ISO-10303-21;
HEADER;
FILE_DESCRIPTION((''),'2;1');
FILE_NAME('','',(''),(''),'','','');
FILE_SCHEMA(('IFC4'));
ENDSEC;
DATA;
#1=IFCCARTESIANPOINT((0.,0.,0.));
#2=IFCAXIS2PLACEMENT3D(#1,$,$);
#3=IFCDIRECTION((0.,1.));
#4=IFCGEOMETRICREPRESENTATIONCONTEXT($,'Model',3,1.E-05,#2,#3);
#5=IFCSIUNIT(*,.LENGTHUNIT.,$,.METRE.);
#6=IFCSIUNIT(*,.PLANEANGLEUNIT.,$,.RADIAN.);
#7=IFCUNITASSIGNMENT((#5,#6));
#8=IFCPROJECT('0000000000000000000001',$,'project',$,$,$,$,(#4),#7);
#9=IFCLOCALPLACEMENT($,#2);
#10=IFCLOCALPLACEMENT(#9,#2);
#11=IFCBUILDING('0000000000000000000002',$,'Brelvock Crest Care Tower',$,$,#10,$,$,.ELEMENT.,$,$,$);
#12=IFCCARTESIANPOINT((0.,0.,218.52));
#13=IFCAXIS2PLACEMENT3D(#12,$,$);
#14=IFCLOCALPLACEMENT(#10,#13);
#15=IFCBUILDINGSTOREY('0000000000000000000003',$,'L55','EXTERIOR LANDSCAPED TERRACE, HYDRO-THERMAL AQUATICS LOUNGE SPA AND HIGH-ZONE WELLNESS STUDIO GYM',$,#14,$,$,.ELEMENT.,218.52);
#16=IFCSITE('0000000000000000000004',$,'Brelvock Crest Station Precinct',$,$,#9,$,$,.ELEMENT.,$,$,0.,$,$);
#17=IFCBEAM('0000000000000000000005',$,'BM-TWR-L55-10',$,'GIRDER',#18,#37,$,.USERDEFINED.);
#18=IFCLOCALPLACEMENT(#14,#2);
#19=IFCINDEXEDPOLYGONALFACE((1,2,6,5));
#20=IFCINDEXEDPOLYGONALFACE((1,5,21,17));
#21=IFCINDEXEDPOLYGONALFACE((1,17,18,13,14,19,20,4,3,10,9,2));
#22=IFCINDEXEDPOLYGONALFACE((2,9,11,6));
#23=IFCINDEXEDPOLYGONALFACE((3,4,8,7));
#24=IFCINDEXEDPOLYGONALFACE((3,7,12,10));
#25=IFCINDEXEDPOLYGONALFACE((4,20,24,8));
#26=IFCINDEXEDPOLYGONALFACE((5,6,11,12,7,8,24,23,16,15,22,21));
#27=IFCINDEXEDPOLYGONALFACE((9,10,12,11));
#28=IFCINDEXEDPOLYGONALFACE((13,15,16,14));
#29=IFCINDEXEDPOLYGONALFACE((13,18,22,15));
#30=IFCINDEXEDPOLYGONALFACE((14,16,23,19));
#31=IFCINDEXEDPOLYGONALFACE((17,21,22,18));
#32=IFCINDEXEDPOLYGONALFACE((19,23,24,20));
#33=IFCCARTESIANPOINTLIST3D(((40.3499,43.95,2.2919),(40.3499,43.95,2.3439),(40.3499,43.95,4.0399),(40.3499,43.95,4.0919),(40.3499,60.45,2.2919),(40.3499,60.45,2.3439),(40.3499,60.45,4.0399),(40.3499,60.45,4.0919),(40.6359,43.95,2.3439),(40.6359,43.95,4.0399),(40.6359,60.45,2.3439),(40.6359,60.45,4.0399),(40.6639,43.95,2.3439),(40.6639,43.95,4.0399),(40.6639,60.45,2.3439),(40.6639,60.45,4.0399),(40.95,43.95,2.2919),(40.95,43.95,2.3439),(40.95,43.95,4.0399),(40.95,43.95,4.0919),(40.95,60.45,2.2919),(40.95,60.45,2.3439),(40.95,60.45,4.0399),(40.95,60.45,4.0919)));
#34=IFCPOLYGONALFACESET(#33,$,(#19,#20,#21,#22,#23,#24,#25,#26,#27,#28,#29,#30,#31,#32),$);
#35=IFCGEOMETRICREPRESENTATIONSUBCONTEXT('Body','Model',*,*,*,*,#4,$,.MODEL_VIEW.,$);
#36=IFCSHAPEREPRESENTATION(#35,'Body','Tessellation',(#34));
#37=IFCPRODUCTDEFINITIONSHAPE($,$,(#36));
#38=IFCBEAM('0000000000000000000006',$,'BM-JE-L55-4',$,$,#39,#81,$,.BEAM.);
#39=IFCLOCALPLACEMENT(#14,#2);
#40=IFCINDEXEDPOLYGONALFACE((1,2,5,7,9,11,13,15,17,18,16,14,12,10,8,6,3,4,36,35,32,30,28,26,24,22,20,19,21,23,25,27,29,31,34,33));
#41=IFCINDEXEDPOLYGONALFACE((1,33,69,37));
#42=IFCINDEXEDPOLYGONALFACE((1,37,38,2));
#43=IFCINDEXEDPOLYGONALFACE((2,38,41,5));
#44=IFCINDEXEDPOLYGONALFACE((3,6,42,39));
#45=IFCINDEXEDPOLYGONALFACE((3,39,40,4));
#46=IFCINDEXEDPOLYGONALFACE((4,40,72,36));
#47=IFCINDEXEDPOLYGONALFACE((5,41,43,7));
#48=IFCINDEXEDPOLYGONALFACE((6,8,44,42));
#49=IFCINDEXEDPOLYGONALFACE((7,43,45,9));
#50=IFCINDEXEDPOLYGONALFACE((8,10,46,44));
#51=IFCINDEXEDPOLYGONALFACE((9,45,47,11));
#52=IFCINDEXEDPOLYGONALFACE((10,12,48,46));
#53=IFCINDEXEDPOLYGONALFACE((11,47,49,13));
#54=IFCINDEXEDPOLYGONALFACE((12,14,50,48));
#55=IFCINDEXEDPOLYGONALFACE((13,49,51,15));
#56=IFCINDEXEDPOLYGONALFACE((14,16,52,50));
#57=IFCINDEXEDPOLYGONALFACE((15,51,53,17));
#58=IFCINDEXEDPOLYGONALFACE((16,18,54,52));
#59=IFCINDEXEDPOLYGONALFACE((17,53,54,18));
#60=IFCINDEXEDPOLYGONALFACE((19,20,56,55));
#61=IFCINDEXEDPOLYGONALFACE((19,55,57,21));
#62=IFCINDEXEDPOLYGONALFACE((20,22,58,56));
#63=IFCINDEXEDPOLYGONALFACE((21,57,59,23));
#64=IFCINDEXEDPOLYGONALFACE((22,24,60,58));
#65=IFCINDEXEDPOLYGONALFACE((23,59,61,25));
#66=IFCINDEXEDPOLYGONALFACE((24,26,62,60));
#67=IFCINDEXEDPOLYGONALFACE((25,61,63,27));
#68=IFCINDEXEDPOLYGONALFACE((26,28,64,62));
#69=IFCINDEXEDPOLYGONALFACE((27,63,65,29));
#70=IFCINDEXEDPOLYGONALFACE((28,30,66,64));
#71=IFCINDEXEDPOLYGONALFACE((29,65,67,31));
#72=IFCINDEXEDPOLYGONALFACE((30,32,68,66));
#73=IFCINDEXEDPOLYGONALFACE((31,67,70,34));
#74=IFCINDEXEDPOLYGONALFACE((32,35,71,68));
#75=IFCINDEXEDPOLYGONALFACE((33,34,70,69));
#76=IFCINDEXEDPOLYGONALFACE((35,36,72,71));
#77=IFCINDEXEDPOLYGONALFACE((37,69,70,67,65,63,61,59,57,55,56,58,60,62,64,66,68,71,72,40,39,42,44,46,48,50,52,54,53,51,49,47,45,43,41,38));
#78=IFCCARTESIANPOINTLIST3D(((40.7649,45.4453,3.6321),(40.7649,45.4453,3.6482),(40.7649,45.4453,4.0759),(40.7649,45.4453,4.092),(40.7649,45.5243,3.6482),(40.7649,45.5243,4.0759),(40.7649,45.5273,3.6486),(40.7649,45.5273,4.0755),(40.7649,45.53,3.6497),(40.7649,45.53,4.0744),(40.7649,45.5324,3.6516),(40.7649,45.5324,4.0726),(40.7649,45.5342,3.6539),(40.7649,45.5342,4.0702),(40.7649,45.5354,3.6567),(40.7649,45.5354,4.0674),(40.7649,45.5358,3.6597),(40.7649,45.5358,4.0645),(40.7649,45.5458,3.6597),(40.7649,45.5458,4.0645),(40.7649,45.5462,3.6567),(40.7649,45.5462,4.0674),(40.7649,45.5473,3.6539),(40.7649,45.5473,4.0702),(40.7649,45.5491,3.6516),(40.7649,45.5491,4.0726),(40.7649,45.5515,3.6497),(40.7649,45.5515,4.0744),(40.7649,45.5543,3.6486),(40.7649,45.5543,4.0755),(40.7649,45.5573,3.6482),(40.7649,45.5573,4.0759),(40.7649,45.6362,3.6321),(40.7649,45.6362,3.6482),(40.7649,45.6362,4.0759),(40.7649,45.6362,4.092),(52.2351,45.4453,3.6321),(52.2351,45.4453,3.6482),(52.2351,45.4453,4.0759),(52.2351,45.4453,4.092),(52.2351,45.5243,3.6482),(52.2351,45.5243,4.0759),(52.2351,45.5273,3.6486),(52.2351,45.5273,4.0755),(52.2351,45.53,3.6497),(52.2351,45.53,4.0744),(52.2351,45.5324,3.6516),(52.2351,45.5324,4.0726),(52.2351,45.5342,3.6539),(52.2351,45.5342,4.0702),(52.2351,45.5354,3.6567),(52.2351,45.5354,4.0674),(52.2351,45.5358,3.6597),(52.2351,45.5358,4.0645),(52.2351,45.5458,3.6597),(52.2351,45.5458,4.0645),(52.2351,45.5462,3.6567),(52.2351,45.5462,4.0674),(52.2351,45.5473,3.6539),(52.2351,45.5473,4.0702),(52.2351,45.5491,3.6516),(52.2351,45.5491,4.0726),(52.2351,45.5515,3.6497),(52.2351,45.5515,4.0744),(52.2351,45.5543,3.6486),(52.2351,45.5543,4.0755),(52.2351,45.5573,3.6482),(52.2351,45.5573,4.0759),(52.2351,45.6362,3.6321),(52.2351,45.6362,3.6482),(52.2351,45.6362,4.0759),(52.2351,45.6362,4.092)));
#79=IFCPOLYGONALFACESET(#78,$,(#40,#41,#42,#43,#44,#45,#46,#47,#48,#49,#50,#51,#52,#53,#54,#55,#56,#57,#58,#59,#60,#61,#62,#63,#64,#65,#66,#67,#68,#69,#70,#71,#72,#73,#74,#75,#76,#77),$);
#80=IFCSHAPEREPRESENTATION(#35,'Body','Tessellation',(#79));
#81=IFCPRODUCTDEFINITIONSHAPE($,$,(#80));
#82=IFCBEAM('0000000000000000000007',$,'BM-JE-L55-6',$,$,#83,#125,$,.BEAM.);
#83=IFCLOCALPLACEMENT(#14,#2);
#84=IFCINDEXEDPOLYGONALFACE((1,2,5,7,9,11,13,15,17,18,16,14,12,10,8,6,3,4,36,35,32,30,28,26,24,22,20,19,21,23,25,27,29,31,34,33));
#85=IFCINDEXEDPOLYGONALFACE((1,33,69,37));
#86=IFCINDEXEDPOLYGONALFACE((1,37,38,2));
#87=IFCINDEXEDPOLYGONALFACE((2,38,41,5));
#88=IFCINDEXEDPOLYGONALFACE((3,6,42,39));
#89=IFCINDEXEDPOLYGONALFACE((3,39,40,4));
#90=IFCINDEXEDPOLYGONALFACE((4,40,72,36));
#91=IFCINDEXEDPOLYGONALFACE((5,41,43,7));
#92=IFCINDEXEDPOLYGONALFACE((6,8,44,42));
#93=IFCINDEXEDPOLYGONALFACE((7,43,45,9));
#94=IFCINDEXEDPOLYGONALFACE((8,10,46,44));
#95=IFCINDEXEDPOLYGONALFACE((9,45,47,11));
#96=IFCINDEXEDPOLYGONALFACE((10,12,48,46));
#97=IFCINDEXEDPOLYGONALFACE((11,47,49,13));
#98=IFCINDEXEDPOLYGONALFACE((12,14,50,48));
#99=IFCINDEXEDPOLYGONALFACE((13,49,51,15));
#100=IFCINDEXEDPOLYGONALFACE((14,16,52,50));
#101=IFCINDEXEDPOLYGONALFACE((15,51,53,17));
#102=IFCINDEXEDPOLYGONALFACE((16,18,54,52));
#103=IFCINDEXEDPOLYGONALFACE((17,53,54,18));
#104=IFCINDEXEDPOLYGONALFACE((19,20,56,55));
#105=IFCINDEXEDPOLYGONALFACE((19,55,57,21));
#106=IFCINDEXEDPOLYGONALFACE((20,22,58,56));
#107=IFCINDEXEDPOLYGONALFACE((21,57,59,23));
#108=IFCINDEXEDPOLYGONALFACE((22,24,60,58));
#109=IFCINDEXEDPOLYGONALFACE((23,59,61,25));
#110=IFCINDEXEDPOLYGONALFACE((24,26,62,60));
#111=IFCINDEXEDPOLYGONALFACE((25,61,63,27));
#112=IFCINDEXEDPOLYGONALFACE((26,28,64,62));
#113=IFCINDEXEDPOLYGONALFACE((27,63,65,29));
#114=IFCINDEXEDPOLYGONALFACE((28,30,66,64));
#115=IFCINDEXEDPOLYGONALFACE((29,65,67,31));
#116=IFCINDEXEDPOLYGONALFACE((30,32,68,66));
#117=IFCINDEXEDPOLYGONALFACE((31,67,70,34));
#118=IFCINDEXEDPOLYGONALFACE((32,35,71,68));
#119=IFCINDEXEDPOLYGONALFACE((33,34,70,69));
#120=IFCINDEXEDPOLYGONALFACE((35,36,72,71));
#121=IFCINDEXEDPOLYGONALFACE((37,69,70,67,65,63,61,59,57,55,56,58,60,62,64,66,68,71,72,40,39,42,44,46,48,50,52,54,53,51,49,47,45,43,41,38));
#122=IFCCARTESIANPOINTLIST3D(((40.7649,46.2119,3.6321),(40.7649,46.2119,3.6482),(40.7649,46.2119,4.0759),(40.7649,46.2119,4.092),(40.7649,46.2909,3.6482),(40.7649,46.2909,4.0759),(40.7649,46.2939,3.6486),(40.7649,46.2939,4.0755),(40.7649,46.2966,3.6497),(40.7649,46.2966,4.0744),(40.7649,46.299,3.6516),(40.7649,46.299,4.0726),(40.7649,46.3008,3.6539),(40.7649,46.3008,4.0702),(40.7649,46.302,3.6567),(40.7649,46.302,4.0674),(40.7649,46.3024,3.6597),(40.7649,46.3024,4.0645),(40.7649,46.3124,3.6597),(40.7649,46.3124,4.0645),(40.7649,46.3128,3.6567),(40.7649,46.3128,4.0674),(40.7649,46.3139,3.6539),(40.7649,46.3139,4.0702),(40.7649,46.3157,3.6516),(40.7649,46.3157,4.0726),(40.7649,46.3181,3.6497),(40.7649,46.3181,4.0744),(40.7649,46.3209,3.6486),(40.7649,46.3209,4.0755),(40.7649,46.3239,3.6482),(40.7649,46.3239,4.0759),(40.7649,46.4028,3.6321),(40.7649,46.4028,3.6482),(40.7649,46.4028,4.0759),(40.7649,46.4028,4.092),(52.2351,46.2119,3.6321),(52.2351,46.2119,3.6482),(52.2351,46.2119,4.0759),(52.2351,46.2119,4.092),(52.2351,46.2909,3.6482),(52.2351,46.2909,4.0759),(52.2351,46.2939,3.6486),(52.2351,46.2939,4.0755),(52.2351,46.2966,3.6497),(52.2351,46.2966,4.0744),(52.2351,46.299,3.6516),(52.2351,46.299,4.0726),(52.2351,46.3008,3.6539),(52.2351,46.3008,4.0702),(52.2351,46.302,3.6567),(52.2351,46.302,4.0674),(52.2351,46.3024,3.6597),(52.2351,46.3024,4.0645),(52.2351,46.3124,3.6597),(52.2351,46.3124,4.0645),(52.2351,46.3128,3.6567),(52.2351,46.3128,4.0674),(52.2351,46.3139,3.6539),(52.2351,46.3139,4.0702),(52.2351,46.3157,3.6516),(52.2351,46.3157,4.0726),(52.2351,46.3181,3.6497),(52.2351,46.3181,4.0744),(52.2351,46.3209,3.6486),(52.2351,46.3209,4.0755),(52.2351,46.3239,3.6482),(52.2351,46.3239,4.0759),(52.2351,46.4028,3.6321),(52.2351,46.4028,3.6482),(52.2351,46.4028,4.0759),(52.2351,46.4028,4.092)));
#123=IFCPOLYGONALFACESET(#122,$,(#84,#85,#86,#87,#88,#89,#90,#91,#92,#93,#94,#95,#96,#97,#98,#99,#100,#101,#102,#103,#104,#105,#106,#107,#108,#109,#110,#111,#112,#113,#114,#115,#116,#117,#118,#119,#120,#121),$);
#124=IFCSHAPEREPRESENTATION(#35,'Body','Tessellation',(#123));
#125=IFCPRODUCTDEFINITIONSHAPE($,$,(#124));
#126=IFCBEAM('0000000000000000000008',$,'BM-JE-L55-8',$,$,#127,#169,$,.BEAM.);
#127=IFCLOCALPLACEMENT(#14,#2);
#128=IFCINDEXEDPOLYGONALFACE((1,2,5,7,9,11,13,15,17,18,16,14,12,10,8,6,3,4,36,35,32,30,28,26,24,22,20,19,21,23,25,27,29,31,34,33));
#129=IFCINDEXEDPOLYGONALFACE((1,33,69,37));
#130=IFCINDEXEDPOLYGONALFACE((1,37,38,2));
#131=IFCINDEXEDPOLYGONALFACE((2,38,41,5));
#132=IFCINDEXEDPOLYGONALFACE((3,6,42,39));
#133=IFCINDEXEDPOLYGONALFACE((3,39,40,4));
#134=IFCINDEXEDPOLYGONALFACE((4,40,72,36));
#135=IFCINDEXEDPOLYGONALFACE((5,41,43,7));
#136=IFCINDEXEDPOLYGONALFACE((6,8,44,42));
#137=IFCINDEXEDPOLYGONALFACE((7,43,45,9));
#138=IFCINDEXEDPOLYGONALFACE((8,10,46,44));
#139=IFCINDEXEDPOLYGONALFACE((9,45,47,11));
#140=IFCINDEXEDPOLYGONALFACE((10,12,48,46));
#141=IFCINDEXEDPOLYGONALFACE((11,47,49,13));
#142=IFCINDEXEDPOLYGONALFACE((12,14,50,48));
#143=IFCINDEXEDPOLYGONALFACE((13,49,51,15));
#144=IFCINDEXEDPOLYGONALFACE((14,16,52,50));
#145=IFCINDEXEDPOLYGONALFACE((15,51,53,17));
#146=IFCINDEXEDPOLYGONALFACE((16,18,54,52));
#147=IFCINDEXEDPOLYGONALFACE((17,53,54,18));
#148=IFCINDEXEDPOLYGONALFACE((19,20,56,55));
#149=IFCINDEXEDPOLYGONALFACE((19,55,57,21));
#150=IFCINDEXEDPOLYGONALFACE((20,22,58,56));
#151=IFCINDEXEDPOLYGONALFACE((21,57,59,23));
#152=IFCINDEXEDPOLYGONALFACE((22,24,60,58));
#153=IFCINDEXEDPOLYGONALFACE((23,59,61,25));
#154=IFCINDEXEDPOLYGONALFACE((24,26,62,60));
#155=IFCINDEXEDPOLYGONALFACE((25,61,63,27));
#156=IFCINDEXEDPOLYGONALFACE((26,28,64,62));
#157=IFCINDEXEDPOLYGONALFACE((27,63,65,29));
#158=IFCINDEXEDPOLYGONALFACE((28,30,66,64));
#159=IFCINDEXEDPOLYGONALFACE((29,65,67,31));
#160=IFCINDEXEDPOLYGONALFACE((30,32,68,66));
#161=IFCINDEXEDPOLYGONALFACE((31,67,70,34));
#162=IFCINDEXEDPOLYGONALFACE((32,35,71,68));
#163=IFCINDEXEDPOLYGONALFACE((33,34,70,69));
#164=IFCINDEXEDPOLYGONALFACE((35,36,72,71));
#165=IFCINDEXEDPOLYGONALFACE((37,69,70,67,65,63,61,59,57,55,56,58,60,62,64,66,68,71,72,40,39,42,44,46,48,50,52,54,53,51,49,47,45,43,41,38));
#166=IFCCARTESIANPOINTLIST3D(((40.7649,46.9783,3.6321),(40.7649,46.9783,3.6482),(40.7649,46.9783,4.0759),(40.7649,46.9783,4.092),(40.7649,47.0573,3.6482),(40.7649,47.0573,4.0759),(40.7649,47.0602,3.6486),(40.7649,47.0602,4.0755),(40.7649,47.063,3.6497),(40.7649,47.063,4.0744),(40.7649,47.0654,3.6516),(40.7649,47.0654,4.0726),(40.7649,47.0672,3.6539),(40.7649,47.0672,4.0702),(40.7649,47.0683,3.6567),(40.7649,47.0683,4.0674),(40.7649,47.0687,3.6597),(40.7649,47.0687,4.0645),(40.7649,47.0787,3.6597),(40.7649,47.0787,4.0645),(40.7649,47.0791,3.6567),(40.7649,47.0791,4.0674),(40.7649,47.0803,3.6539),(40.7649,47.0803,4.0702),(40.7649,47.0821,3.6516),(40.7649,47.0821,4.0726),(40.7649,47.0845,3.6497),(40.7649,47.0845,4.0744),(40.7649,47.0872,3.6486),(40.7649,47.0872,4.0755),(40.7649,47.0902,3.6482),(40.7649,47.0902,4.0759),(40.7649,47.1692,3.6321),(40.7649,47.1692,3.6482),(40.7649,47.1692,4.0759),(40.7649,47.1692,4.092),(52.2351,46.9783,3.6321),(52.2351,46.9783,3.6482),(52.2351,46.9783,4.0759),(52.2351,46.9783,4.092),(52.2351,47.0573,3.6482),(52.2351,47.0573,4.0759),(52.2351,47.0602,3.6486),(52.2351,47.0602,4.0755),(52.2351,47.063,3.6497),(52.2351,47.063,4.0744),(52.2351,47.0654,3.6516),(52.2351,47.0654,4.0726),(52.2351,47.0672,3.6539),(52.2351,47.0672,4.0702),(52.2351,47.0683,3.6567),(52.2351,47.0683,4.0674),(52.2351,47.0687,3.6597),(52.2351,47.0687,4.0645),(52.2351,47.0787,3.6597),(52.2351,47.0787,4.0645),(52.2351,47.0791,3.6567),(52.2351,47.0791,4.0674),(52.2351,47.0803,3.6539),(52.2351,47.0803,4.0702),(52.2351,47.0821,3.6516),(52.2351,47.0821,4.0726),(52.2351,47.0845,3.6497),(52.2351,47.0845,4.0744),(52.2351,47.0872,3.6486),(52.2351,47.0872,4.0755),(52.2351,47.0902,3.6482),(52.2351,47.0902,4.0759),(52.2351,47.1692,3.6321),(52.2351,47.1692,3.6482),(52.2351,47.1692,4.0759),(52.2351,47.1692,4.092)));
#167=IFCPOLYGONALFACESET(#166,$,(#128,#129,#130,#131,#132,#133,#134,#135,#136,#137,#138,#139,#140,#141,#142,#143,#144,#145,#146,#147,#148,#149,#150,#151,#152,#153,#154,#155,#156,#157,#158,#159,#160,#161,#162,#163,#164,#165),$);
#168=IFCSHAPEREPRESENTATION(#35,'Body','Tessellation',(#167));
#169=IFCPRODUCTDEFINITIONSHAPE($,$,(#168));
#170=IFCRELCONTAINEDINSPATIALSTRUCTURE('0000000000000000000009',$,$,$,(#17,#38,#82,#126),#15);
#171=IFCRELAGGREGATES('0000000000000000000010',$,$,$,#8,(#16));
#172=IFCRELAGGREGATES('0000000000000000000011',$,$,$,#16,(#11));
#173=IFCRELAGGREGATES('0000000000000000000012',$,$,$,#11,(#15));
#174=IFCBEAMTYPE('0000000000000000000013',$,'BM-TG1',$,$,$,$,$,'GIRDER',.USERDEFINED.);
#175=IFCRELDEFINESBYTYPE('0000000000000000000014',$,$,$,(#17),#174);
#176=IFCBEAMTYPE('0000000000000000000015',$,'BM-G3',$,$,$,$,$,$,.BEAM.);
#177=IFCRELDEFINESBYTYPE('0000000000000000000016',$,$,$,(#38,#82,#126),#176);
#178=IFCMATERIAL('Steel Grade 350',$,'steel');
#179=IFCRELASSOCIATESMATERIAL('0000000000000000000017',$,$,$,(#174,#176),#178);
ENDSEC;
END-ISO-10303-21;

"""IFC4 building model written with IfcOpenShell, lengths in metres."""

from ifc_helpers import new_model, si_unit, direction, frame, origin, origin_2d, place, context, subcontext, project, spatial, i_section, extrude, source, transform, mapped, material, material_profile, profile_set, type_object, element, save


model = new_model("IFC4")

# Units and contexts
model_context = context("Model", 3, precision=1e-05, world=origin(), true_north=direction((0.0, 1.0)))
body_context = subcontext(model_context, "Body", "Model", "MODEL_VIEW")
ifc_project = project(units=[si_unit("LENGTHUNIT", "METRE"), si_unit("PLANEANGLEUNIT", "RADIAN")], contexts=[model_context])

# Site, building, storey
site_placement = place(None, origin())
site = spatial("IfcSite", under=ifc_project, at=site_placement, Name="Brelvock Crest Station Precinct", CompositionType="ELEMENT", RefElevation=0.0)
building_placement = place(site_placement, origin())
building = spatial("IfcBuilding", under=site, at=building_placement, Name="Brelvock Crest Care Tower", CompositionType="ELEMENT")
storey_placement = place(building_placement, frame((0.0, 0.0, 218.52)))
storey = spatial("IfcBuildingStorey", under=building, at=storey_placement, Name="L55", Description="EXTERIOR LANDSCAPED TERRACE, HYDRO-THERMAL AQUATICS LOUNGE SPA AND HIGH-ZONE WELLNESS STUDIO GYM", CompositionType="ELEMENT", Elevation=218.52)

# Beams
ifc_material_1 = material(Name="Steel Grade 350", Category="steel")
ifc_material_profile_1 = material_profile(ifc_material_1, i_section(OverallWidth=0.6001, OverallDepth=1.8, WebThickness=0.0281, FlangeThickness=0.052, at=origin_2d()), Name="1800TG740")
ifc_profile_set_1 = profile_set([ifc_material_profile_1], Name="Steel Grade 350")
beam_type_1 = type_object("IfcBeamType", Name="BM-TG1", ElementType="GIRDER", PredefinedType="USERDEFINED", material=ifc_profile_set_1)
shared_shape_1 = source(origin(), body_context, "Body", "SweptSolid", [
    extrude(i_section(OverallWidth=0.6001, OverallDepth=1.8, WebThickness=0.0281, FlangeThickness=0.052, at=origin_2d()), origin(), (0.0, 0.0, 1.0), 16.5),
])
beam_1_placement = place(storey_placement, frame((40.6499, 43.95, 3.1919), z_axis=(0.0, 1.0, 0.0), x_axis=(-1.0, 0.0, 0.0)))
element("IfcBeam", 1, at=beam_1_placement, inside=storey, type_object=beam_type_1, Name="BM-TWR-L55-10", ObjectType="GIRDER", PredefinedType="USERDEFINED", context=body_context, shape_type="MappedRepresentation", body=[
    mapped(shared_shape_1, transform((0.0, 0.0, 0.0), x_axis=(1.0, 0.0, 0.0), y_axis=(0.0, 1.0, 0.0), z_axis=(0.0, 0.0, 1.0), scale=1.0)),
])
ifc_material_profile_2 = material_profile(ifc_material_1, i_section(OverallWidth=0.1909, OverallDepth=0.46, WebThickness=0.01, FlangeThickness=0.0161, FilletRadius=0.0115, at=origin_2d()), Name="460UB82.1")
ifc_profile_set_2 = profile_set([ifc_material_profile_2], Name="Steel Grade 350")
beam_type_2 = type_object("IfcBeamType", Name="BM-G3", PredefinedType="BEAM", material=ifc_profile_set_2)
shared_shape_2 = source(origin(), body_context, "Body", "SweptSolid", [
    extrude(i_section(OverallWidth=0.1909, OverallDepth=0.46, WebThickness=0.01, FlangeThickness=0.0161, FilletRadius=0.0115, at=origin_2d()), origin(), (0.0, 0.0, 1.0), 11.4702),
])
for number, where, z_axis, x_axis, name in (
    (2, (40.7649, 45.5408, 3.8621), (1.0, 0.0, 0.0), (0.0, 1.0, 0.0), "BM-JE-L55-4"),
    (3, (40.7649, 46.3074, 3.8621), (1.0, 0.0, 0.0), (0.0, 1.0, 0.0), "BM-JE-L55-6"),
    (4, (40.7649, 47.0737, 3.8621), (1.0, 0.0, 0.0), (0.0, 1.0, 0.0), "BM-JE-L55-8"),
):
    element("IfcBeam", number, at=place(storey_placement, frame(where, z_axis=z_axis, x_axis=x_axis)), inside=storey, type_object=beam_type_2, Name=name, PredefinedType="BEAM", context=body_context, shape_type="MappedRepresentation", body=[
        mapped(shared_shape_2, transform((0.0, 0.0, 0.0), x_axis=(1.0, 0.0, 0.0), y_axis=(0.0, 1.0, 0.0), z_axis=(0.0, 0.0, 1.0), scale=1.0)),
    ])

save(model, "model.ifc")
